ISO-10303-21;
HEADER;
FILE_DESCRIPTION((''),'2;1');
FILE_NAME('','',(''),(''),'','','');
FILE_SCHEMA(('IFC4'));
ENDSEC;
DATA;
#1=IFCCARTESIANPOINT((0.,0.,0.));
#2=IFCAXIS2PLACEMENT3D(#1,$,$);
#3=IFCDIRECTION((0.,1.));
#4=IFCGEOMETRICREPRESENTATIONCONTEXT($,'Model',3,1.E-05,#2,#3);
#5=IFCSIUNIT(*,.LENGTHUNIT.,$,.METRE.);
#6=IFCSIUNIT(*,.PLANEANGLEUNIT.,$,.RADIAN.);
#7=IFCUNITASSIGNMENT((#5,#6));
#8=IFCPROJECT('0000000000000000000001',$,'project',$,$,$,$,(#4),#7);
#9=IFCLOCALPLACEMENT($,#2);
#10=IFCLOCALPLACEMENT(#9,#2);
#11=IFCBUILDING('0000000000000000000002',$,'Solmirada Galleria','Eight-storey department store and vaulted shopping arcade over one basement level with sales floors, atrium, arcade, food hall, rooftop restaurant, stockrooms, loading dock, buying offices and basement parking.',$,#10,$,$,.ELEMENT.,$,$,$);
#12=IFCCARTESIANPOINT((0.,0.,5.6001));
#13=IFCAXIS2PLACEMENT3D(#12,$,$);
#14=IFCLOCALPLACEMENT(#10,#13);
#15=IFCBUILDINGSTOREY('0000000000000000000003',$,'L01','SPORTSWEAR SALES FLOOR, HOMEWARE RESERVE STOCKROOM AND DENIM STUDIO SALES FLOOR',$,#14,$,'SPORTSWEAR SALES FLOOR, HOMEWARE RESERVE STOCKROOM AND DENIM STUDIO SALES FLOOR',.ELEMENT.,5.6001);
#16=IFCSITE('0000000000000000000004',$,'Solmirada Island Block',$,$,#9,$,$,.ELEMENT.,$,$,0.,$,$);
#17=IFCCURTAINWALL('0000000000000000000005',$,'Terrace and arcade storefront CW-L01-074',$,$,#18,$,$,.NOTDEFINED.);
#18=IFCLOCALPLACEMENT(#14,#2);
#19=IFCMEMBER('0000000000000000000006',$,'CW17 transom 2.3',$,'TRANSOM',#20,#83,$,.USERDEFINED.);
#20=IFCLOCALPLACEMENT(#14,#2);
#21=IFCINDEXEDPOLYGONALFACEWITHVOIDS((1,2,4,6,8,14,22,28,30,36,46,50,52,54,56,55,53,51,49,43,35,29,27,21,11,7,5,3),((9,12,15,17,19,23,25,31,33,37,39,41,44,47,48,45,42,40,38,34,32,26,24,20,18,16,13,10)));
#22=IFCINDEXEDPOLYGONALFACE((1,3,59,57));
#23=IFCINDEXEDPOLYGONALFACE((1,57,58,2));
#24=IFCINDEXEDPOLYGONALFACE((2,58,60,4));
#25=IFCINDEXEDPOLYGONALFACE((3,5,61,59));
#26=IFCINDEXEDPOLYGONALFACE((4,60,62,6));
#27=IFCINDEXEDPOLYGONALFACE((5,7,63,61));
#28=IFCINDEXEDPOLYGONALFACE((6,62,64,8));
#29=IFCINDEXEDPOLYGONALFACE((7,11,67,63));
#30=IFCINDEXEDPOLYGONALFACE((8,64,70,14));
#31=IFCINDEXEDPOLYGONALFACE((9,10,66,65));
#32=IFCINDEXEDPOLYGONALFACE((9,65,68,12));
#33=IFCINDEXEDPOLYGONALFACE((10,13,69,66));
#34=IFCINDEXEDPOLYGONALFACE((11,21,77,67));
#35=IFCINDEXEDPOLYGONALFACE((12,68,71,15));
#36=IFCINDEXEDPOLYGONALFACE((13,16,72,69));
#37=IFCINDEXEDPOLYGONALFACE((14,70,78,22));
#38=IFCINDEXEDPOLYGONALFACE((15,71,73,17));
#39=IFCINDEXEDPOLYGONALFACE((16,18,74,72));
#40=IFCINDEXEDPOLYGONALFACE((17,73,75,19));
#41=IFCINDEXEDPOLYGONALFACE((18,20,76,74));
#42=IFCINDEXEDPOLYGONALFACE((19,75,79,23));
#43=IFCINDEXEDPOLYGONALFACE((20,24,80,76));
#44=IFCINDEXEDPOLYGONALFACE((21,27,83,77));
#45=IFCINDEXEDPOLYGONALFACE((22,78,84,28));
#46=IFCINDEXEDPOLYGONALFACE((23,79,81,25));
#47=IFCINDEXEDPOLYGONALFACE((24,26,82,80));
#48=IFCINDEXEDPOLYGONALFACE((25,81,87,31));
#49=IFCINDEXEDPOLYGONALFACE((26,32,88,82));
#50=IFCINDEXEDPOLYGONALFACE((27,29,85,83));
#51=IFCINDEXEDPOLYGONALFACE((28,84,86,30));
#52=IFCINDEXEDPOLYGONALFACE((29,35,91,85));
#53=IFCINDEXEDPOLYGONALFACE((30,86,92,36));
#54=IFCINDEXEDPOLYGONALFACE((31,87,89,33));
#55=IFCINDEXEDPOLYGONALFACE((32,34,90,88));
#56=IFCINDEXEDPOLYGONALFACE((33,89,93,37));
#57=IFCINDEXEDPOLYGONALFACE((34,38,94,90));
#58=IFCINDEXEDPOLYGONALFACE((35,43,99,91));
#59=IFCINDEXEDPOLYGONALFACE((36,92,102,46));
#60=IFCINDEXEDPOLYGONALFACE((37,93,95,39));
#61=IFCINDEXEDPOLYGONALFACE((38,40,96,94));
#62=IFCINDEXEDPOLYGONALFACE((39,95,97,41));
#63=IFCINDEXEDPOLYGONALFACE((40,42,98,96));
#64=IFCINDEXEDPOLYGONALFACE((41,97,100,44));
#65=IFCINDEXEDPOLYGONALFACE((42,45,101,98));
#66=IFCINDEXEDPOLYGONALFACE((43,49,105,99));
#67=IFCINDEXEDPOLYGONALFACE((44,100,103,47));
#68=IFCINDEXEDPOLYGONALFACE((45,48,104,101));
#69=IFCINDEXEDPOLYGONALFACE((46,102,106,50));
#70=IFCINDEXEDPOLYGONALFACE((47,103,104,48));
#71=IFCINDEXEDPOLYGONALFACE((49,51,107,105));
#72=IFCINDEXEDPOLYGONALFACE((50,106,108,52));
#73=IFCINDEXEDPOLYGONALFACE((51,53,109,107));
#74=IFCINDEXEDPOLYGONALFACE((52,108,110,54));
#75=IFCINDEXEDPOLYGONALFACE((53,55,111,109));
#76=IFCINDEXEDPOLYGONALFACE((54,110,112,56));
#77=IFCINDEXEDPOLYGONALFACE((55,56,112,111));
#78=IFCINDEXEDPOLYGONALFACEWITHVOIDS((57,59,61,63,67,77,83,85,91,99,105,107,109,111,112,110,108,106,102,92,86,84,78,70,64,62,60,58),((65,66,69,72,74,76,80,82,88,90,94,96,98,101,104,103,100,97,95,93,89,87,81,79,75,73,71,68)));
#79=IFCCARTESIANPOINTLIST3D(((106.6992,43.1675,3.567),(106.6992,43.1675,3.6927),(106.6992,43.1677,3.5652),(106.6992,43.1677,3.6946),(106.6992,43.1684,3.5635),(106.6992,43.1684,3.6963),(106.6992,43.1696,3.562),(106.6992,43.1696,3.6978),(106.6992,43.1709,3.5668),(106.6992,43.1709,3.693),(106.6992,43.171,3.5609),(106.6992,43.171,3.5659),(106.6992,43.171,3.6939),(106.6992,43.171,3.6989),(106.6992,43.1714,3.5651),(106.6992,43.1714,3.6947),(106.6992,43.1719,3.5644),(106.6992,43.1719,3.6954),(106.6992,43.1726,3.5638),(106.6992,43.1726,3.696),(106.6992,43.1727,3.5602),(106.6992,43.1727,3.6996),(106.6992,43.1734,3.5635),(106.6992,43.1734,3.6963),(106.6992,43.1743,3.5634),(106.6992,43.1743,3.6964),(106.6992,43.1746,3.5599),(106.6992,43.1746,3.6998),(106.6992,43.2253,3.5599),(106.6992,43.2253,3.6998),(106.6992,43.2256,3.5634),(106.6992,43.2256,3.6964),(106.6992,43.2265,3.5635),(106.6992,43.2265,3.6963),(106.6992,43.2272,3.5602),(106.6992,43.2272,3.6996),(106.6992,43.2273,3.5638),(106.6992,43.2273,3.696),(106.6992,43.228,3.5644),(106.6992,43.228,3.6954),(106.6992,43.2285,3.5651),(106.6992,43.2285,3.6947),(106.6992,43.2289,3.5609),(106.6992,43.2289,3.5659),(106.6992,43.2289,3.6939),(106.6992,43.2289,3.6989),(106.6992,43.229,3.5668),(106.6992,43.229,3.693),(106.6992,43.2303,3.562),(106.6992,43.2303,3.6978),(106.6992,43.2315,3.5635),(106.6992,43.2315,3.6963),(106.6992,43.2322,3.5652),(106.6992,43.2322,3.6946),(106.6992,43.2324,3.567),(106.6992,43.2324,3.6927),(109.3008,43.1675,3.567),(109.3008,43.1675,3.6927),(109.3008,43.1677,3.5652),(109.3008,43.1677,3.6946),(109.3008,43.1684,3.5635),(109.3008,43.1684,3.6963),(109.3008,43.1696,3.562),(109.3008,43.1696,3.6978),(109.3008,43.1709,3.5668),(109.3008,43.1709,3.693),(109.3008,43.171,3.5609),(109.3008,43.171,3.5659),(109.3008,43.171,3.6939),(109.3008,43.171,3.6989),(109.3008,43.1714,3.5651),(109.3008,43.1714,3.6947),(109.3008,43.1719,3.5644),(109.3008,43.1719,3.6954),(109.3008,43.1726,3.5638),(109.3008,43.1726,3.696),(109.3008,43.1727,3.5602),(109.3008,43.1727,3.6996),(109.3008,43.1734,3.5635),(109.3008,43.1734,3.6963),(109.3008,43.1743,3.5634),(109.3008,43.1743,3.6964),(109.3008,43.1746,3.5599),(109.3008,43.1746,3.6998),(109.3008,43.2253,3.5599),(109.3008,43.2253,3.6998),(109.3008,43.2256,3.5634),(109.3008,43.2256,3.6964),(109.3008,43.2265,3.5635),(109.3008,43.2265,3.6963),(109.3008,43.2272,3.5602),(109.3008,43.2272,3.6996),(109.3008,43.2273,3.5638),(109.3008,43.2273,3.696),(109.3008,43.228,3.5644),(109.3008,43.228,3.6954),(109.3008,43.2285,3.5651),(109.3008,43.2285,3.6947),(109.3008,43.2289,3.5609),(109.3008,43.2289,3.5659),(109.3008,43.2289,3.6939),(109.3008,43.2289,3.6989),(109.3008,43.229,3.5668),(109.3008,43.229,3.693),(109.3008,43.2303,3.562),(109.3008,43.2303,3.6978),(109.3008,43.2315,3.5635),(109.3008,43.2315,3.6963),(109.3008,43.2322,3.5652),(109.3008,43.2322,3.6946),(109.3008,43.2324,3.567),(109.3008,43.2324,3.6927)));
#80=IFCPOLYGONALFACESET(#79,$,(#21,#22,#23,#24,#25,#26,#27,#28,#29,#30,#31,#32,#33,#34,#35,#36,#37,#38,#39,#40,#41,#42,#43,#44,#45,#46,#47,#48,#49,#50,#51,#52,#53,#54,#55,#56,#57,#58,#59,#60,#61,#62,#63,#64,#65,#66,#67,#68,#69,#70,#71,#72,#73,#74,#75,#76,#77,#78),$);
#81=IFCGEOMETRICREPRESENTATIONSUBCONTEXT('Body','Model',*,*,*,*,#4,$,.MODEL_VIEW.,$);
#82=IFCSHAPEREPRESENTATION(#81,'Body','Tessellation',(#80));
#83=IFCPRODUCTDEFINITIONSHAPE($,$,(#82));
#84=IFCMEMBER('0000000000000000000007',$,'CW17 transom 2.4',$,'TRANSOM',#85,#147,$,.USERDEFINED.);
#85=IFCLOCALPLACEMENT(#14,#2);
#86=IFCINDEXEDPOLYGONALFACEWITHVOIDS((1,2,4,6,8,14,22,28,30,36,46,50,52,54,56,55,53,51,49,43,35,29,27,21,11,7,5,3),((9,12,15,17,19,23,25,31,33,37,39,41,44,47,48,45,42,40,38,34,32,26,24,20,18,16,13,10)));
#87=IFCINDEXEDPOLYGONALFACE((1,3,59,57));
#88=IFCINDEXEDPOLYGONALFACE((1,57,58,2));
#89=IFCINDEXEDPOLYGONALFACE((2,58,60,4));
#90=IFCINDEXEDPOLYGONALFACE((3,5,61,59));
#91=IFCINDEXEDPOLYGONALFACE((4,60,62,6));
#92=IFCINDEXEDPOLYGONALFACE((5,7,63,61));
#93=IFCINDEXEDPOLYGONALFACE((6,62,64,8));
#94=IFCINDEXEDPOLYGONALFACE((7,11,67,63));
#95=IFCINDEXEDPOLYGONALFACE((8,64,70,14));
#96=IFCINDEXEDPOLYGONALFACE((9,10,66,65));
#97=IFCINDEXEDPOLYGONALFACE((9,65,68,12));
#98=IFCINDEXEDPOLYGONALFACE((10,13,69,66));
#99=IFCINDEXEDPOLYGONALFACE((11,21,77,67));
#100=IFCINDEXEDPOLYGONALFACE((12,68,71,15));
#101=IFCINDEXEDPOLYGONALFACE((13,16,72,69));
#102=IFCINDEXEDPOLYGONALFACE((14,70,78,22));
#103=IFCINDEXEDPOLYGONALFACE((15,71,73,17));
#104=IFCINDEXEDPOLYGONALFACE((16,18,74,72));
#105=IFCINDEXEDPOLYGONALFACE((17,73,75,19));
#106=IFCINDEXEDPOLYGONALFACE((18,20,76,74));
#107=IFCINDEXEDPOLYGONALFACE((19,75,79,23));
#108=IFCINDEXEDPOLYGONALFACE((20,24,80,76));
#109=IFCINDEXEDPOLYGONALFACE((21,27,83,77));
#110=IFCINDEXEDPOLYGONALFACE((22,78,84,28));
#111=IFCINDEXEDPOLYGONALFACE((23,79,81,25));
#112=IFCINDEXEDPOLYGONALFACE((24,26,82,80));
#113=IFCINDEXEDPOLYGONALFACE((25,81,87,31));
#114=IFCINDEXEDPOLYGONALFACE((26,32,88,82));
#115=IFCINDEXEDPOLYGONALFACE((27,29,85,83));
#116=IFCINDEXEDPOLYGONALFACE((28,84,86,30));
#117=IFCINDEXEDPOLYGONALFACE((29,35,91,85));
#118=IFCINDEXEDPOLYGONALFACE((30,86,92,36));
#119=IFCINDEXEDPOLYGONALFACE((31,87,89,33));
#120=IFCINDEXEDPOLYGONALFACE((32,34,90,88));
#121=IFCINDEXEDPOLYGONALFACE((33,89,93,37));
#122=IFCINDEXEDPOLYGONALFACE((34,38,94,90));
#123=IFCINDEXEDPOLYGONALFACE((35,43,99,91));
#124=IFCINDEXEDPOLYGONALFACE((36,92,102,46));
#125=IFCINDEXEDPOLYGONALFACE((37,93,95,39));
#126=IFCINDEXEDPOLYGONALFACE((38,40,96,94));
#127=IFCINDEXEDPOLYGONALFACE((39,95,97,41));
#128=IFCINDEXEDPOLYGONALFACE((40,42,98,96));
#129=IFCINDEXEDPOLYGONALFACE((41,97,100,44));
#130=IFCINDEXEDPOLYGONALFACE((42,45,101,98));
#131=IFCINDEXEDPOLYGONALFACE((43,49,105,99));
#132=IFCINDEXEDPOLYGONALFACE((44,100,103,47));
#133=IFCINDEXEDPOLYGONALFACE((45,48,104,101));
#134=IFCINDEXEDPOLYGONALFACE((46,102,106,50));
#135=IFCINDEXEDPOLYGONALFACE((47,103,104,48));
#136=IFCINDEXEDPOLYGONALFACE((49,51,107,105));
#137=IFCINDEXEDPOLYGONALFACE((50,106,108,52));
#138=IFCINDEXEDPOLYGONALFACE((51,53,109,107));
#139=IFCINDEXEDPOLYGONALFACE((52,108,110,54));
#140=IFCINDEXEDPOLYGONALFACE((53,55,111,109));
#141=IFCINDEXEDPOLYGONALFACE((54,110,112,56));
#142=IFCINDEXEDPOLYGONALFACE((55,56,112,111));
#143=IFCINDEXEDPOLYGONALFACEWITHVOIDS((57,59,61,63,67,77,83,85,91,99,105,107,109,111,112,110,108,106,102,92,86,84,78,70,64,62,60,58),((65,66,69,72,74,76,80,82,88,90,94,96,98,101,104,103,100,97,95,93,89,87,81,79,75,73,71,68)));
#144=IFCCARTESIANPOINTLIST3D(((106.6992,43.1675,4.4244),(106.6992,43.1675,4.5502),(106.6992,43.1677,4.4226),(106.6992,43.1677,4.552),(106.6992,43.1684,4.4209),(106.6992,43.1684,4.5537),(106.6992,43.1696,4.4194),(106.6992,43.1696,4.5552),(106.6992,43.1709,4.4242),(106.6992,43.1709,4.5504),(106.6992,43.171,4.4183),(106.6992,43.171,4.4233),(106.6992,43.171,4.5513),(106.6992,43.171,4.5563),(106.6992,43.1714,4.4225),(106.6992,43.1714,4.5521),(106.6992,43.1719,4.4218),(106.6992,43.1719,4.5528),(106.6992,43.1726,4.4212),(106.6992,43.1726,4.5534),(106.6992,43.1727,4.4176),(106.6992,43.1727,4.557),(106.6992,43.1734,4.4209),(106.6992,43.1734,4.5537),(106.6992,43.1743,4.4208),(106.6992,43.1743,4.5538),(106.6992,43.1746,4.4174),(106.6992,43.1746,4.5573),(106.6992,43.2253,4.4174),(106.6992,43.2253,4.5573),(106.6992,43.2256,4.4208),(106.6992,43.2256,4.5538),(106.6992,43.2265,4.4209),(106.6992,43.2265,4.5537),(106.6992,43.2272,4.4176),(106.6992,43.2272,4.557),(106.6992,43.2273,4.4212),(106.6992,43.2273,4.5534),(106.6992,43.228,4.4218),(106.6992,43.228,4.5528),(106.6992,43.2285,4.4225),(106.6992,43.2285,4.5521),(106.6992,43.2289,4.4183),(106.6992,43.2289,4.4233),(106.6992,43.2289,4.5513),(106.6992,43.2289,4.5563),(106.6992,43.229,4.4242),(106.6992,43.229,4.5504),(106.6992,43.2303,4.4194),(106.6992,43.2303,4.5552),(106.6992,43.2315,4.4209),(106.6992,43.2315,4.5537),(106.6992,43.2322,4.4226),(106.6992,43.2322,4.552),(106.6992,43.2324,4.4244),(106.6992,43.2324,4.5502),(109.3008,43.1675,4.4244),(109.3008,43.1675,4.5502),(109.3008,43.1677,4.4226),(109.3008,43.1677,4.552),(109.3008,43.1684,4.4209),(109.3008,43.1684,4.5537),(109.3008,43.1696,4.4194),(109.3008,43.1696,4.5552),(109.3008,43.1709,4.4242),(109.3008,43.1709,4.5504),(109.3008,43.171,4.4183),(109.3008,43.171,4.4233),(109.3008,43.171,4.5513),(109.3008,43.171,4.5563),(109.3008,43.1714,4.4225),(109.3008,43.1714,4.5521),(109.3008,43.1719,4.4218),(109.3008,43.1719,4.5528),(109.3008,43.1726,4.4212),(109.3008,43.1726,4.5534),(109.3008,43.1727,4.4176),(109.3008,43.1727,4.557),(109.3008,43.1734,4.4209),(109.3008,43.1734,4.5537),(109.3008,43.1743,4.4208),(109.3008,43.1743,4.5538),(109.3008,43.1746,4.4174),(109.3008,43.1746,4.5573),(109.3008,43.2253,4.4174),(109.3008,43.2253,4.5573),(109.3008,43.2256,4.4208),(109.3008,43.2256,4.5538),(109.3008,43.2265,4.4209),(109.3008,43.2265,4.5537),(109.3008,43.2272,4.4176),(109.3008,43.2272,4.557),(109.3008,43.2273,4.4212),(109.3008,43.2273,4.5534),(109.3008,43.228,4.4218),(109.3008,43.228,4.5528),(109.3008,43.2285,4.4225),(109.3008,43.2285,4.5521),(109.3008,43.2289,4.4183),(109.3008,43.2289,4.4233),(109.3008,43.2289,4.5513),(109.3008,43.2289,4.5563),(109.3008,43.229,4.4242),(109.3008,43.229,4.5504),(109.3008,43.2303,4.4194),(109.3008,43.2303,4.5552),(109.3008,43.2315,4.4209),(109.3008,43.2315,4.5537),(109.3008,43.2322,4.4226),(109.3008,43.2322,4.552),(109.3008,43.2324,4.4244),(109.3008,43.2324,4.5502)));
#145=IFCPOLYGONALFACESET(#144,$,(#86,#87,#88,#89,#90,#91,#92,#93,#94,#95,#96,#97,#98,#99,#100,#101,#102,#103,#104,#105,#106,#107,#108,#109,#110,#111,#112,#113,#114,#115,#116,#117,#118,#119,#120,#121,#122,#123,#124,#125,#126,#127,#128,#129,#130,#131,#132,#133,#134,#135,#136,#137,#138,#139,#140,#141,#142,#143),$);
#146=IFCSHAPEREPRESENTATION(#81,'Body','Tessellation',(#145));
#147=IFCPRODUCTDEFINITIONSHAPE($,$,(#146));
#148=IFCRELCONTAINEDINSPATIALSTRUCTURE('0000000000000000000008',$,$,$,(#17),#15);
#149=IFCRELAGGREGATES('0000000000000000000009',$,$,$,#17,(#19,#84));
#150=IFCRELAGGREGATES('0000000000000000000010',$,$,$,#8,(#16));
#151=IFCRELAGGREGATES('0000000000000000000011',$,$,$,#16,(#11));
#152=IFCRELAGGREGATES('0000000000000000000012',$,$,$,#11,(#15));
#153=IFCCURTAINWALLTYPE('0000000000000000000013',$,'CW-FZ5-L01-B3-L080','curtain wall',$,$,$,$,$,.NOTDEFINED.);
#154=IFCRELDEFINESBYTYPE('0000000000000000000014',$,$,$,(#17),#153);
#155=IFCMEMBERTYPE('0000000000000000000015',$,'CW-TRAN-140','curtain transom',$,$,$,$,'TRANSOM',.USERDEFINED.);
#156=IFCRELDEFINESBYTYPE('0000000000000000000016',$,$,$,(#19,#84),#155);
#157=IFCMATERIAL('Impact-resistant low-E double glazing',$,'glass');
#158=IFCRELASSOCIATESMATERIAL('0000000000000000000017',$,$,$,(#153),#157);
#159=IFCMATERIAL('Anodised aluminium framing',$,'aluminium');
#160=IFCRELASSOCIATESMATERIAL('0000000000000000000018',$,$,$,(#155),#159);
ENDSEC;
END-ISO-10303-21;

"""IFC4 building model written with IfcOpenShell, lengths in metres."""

from ifc_helpers import new_model, si_unit, direction, frame, origin, origin_2d, place, context, subcontext, project, spatial, hollow_rectangle, extrude, material, material_profile, profile_set, type_object, element, aggregate, save


model = new_model("IFC4")

# Units and contexts
model_context = context("Model", 3, precision=1e-05, world=origin(), true_north=direction((0.0, 1.0)))
body_context = subcontext(model_context, "Body", "Model", "MODEL_VIEW")
ifc_project = project(units=[si_unit("LENGTHUNIT", "METRE"), si_unit("PLANEANGLEUNIT", "RADIAN")], contexts=[model_context])

# Site, building, storey
site_placement = place(None, origin())
site = spatial("IfcSite", under=ifc_project, at=site_placement, Name="Solmirada Island Block", CompositionType="ELEMENT", RefElevation=0.0)
building_placement = place(site_placement, origin())
building = spatial("IfcBuilding", under=site, at=building_placement, Name="Solmirada Galleria", Description="Eight-storey department store and vaulted shopping arcade over one basement level with sales floors, atrium, arcade, food hall, rooftop restaurant, stockrooms, loading dock, buying offices and basement parking.", CompositionType="ELEMENT")
storey_placement = place(building_placement, frame((0.0, 0.0, 5.6001)))
storey = spatial("IfcBuildingStorey", under=building, at=storey_placement, Name="L01", Description="SPORTSWEAR SALES FLOOR, HOMEWARE RESERVE STOCKROOM AND DENIM STUDIO SALES FLOOR", LongName="SPORTSWEAR SALES FLOOR, HOMEWARE RESERVE STOCKROOM AND DENIM STUDIO SALES FLOOR", CompositionType="ELEMENT", Elevation=5.6001)

# Shared definitions
ifc_material_1 = material(Name="Impact-resistant low-E double glazing", Category="glass")
ifc_material_2 = material(Name="Anodised aluminium framing", Category="aluminium")

# Curtain wall
curtain_wall_type_1 = type_object("IfcCurtainWallType", Name="CW-FZ5-L01-B3-L080", Description="curtain wall", PredefinedType="NOTDEFINED", material=ifc_material_1)
curtain_wall_1_placement = place(storey_placement, origin())
curtain_wall_1 = element("IfcCurtainWall", 1, at=curtain_wall_1_placement, inside=storey, type_object=curtain_wall_type_1, Name="Terrace and arcade storefront CW-L01-074", PredefinedType="NOTDEFINED")

# Members
ifc_material_profile_1 = material_profile(ifc_material_2, hollow_rectangle(XDim=0.0649, YDim=0.1399, WallThickness=0.0034, InnerFilletRadius=0.0034, OuterFilletRadius=0.0071, at=origin_2d()), Name="ALU-TRAN-140X65")
ifc_profile_set_1 = profile_set([ifc_material_profile_1], Name="Anodised aluminium framing")
member_type_1 = type_object("IfcMemberType", Name="CW-TRAN-140", Description="curtain transom", ElementType="TRANSOM", PredefinedType="USERDEFINED", material=ifc_profile_set_1)
member_1_placement = place(storey_placement, frame((106.6992, 43.2, 3.6299), z_axis=(1.0, 0.0, 0.0), x_axis=(0.0, 1.0, 0.0)))
member_1 = element("IfcMember", 2, at=member_1_placement, type_object=member_type_1, Name="CW17 transom 2.3", ObjectType="TRANSOM", PredefinedType="USERDEFINED", context=body_context, shape_type="SweptSolid", body=[
    extrude(hollow_rectangle(XDim=0.0649, YDim=0.1399, WallThickness=0.0034, InnerFilletRadius=0.0034, OuterFilletRadius=0.0071, at=origin_2d()), origin(), (0.0, 0.0, 1.0), 2.6016),
])
member_2_placement = place(storey_placement, frame((106.6992, 43.2, 4.4873), z_axis=(1.0, 0.0, 0.0), x_axis=(0.0, 1.0, 0.0)))
member_2 = element("IfcMember", 3, at=member_2_placement, type_object=member_type_1, Name="CW17 transom 2.4", ObjectType="TRANSOM", PredefinedType="USERDEFINED", context=body_context, shape_type="SweptSolid", body=[
    extrude(hollow_rectangle(XDim=0.0649, YDim=0.1399, WallThickness=0.0034, InnerFilletRadius=0.0034, OuterFilletRadius=0.0071, at=origin_2d()), origin(), (0.0, 0.0, 1.0), 2.6016),
])

aggregate(curtain_wall_1, [member_1, member_2])

save(model, "model.ifc")
